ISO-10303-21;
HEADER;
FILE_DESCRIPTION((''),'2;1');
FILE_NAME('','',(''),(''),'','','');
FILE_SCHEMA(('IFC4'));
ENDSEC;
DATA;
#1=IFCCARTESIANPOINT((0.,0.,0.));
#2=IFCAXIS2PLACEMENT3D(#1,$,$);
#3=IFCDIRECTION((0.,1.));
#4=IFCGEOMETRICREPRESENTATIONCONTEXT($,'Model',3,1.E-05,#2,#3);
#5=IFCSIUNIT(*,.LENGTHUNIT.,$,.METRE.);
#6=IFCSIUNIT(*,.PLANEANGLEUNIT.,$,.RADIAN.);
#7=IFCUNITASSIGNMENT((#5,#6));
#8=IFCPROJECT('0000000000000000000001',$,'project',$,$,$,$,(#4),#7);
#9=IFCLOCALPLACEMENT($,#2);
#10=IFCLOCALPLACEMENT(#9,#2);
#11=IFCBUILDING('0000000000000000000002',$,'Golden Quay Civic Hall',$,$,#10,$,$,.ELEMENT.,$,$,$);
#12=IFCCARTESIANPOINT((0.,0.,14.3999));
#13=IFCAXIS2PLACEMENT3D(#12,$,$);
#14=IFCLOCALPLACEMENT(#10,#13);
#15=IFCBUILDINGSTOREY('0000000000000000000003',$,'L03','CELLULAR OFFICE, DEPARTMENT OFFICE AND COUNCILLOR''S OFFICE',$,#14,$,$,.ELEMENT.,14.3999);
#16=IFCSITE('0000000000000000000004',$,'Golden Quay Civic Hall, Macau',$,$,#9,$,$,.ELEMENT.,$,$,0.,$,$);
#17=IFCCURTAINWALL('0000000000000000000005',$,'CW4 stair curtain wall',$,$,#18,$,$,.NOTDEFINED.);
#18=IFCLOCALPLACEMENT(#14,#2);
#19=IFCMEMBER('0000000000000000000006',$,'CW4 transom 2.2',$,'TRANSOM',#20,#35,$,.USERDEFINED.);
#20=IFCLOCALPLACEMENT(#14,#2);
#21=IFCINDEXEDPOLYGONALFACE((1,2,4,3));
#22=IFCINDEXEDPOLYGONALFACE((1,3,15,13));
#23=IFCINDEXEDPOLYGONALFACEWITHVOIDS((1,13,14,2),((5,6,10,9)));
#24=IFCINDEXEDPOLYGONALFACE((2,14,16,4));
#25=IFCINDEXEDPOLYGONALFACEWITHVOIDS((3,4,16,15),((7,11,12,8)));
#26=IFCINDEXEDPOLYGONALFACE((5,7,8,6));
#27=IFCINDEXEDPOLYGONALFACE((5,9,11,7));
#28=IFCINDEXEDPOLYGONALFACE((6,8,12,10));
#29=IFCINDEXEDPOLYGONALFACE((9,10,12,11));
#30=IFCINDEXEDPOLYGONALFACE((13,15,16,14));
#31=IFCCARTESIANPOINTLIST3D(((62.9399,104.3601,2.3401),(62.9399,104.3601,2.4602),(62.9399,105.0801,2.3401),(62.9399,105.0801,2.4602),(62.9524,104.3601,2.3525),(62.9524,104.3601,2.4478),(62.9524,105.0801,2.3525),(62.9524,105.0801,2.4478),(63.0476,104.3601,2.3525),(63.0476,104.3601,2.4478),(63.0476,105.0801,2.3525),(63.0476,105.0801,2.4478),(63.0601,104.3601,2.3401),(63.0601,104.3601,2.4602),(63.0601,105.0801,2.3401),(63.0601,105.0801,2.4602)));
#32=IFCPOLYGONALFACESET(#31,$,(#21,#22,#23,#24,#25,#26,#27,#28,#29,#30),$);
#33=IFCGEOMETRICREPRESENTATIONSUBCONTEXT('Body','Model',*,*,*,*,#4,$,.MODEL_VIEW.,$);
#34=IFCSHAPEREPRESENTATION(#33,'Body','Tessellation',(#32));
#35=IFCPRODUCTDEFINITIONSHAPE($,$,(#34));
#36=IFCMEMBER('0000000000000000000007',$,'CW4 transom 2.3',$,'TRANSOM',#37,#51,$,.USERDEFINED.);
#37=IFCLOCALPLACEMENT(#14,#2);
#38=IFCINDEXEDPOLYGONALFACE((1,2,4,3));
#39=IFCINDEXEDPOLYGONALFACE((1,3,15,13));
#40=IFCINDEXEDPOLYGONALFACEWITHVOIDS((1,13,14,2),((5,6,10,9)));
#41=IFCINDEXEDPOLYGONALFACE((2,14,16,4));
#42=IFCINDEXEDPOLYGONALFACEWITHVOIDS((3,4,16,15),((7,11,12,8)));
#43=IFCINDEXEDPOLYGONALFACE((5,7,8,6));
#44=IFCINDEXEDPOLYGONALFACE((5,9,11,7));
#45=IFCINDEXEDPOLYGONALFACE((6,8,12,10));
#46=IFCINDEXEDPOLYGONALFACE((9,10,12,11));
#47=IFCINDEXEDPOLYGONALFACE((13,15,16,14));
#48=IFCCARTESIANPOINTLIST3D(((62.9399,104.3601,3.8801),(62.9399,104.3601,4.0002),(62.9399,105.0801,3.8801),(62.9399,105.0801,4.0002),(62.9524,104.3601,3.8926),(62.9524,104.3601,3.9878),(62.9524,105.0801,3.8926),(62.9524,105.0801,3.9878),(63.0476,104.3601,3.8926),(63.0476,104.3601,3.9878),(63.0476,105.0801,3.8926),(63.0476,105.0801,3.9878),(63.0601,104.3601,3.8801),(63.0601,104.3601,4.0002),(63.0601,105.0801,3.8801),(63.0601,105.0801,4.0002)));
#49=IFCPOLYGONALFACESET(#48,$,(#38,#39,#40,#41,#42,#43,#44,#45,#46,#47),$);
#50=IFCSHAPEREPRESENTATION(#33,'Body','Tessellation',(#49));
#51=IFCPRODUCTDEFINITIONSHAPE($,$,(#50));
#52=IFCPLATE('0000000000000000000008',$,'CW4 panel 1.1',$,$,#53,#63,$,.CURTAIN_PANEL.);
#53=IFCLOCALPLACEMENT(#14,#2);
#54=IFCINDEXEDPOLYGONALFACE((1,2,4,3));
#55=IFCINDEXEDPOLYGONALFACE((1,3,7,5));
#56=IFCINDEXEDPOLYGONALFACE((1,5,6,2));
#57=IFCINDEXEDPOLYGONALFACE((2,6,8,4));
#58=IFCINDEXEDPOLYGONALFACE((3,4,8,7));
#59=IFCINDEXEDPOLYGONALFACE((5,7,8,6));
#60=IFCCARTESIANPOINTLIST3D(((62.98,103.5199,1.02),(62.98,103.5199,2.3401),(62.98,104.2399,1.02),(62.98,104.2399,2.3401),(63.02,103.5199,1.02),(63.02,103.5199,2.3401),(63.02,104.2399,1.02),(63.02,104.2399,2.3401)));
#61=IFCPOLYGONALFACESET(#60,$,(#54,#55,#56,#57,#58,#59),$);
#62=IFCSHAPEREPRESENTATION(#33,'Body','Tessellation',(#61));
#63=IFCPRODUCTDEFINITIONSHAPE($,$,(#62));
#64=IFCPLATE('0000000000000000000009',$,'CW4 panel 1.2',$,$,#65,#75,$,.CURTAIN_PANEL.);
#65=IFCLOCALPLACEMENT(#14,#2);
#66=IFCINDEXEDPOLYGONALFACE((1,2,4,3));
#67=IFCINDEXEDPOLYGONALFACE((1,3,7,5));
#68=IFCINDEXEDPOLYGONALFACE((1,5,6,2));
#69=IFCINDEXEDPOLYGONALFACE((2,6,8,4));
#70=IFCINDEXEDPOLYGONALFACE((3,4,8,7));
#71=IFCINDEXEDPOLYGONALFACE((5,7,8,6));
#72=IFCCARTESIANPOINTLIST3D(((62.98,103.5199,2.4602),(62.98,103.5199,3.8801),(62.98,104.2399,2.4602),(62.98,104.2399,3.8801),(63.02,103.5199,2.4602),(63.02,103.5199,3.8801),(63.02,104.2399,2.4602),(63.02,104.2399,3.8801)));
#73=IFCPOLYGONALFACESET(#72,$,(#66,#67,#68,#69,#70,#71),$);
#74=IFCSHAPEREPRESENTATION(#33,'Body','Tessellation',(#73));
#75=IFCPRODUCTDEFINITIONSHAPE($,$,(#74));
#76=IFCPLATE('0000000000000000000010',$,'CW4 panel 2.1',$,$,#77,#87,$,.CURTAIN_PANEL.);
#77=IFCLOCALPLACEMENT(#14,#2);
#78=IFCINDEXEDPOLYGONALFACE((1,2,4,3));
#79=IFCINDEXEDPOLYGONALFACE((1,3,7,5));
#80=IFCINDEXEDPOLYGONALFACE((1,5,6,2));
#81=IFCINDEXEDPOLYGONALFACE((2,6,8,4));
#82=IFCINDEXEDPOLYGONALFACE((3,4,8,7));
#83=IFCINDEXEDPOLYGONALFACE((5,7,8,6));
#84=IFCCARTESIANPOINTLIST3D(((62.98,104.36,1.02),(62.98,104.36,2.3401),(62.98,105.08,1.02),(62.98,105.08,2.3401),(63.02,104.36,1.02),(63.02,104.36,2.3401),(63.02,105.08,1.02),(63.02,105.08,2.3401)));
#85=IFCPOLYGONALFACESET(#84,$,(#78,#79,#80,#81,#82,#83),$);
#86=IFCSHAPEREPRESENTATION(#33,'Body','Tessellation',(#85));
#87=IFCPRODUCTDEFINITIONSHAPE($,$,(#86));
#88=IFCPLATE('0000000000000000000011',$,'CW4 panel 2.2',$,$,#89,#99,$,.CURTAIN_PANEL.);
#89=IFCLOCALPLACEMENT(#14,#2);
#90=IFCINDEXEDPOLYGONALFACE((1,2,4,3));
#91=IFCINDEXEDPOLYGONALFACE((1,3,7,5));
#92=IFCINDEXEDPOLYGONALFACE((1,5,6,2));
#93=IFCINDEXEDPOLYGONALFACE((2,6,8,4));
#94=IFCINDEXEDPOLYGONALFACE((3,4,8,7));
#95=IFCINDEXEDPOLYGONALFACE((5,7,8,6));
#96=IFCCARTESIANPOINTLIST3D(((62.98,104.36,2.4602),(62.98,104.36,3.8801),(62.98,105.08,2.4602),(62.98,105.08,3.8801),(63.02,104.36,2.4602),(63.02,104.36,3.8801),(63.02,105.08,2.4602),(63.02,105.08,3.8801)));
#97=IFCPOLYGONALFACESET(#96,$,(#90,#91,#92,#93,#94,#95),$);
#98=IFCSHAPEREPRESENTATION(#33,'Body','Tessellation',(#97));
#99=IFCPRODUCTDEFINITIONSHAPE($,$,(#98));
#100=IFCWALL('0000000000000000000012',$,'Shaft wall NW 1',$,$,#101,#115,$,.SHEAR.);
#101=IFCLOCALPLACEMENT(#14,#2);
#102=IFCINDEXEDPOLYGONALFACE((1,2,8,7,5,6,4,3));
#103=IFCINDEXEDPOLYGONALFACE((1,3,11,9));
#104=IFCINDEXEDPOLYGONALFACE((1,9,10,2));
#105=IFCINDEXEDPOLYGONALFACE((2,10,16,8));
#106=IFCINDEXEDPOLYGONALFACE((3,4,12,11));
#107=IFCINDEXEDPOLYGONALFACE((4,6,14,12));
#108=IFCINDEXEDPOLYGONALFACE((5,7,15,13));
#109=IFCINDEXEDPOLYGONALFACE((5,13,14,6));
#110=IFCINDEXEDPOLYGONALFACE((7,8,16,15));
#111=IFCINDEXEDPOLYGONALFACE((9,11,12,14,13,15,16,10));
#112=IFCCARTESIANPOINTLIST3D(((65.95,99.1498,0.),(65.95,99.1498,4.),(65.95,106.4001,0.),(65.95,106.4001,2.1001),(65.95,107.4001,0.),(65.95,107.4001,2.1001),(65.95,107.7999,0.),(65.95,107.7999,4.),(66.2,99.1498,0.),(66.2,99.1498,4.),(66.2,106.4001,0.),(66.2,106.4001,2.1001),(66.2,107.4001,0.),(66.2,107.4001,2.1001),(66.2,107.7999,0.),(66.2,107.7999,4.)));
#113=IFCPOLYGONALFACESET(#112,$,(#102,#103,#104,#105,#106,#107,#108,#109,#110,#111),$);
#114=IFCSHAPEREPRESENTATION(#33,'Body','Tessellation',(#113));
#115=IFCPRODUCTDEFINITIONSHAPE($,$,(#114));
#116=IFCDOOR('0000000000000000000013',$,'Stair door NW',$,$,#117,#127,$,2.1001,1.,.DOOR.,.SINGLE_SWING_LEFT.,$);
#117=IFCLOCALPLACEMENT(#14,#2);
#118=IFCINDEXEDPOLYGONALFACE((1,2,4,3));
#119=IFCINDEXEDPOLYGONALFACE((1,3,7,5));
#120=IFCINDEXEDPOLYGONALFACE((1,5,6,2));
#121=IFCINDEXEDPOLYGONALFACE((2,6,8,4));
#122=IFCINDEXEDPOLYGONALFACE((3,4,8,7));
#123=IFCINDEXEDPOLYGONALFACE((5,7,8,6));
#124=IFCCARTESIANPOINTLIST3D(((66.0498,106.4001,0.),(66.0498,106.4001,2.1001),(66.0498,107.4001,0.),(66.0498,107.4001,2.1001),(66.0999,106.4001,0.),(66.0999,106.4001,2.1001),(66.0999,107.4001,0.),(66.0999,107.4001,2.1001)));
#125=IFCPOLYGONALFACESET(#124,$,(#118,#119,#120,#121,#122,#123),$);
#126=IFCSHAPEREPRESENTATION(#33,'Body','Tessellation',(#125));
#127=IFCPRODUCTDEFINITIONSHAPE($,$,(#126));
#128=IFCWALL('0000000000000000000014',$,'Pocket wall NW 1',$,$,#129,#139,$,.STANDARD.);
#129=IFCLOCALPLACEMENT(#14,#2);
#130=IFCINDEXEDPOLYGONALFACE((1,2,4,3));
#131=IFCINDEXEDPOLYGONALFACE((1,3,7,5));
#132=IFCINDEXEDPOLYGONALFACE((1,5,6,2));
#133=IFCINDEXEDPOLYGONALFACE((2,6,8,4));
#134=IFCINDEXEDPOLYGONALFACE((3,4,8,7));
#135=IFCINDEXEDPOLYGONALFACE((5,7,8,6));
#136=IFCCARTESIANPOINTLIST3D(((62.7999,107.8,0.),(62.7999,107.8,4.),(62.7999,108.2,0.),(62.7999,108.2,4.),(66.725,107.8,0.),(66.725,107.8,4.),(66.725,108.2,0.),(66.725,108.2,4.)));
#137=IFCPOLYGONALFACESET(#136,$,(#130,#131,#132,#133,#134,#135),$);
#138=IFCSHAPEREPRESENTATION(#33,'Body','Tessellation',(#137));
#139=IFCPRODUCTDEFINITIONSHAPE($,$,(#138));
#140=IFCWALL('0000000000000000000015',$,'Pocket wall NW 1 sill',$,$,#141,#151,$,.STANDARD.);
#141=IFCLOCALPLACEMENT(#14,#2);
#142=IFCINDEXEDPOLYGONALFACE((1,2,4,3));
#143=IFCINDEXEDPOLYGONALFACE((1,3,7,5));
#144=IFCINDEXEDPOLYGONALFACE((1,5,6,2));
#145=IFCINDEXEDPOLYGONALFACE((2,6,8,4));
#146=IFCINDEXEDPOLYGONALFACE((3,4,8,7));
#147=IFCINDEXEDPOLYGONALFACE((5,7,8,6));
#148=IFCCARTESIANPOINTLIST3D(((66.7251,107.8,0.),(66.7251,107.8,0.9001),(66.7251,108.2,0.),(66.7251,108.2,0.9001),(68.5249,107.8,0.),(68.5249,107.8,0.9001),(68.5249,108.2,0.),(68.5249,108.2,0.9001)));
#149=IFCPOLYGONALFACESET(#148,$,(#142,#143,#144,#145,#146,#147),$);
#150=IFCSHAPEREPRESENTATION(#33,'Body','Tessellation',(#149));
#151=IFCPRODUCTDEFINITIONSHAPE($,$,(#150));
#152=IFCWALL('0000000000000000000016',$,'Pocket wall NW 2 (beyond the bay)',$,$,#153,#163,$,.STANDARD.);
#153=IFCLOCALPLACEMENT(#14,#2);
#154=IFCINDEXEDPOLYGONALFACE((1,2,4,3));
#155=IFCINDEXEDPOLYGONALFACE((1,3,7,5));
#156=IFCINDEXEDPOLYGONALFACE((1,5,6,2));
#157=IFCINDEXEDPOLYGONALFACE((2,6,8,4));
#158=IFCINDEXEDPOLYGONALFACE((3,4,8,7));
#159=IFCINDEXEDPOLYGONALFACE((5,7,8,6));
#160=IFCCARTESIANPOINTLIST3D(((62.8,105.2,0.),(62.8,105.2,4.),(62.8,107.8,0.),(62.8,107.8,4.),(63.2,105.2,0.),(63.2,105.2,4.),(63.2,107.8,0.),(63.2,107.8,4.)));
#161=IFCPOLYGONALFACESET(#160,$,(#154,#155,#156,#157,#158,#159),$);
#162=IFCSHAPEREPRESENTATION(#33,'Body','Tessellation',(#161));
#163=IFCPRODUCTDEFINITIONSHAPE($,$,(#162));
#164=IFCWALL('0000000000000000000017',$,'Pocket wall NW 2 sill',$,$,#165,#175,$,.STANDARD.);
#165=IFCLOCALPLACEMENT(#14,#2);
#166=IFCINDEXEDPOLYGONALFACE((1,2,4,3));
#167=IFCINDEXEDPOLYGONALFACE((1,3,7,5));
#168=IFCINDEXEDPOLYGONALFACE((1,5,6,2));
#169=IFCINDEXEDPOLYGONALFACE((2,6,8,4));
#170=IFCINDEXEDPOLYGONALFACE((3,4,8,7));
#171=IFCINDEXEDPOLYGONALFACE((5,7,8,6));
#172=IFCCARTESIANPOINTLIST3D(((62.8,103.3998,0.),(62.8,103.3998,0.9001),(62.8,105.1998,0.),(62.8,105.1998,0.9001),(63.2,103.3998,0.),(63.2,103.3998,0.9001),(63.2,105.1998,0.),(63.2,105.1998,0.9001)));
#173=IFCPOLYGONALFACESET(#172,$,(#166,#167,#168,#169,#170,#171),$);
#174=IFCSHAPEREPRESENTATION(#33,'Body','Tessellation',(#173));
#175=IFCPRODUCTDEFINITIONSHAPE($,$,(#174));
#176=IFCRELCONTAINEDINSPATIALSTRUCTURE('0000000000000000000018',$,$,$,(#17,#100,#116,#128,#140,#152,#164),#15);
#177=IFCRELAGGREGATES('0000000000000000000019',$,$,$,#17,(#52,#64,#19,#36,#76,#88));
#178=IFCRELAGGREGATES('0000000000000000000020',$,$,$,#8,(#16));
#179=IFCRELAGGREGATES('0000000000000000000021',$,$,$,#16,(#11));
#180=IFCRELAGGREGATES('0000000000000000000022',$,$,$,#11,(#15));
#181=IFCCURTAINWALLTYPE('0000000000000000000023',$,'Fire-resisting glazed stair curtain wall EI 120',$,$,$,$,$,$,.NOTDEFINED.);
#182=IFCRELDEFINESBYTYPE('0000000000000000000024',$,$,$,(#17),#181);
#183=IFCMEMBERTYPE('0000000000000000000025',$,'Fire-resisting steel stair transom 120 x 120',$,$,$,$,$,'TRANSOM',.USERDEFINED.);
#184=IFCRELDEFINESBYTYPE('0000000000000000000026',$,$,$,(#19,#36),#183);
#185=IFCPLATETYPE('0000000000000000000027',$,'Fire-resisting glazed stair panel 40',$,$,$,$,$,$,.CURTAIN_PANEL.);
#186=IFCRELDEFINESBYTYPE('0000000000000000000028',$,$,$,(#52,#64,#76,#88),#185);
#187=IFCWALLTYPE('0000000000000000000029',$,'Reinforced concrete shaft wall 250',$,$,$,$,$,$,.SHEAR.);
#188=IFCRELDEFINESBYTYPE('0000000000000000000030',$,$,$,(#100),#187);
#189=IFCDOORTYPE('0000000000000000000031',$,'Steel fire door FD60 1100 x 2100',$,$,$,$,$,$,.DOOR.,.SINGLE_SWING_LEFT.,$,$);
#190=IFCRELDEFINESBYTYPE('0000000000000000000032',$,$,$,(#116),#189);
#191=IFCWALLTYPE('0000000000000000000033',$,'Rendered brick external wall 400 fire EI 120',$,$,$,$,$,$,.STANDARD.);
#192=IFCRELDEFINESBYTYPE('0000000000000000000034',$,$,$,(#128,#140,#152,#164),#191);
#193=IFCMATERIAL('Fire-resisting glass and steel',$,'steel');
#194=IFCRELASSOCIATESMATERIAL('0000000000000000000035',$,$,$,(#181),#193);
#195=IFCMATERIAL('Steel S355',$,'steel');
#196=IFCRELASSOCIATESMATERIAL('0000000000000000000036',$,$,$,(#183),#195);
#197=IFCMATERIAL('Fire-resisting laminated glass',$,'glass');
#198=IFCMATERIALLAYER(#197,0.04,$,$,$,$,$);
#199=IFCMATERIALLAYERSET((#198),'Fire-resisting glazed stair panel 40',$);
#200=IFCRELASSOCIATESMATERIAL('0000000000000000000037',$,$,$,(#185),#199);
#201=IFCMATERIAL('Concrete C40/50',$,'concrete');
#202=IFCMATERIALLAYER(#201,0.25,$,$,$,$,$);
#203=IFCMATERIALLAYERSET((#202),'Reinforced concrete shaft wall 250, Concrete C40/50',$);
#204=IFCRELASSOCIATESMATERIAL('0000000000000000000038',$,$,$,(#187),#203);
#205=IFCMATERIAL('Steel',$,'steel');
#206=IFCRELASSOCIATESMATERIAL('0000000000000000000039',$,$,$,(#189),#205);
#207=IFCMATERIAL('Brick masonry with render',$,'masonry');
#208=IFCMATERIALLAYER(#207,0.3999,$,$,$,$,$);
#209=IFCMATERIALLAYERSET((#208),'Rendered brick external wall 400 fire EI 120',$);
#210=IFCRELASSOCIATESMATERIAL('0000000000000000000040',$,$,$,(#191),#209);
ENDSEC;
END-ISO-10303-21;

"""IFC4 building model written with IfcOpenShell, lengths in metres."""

from ifc_helpers import new_model, si_unit, direction, frame, frame_2d, origin, origin_2d, place, context, subcontext, project, spatial, rectangle, hollow_rectangle, extrude, material, layer, layer_set, material_profile, profile_set, type_object, element, fill, aggregate, save


model = new_model("IFC4")

# Units and contexts
model_context = context("Model", 3, precision=1e-05, world=origin(), true_north=direction((0.0, 1.0)))
body_context = subcontext(model_context, "Body", "Model", "MODEL_VIEW")
ifc_project = project(units=[si_unit("LENGTHUNIT", "METRE"), si_unit("PLANEANGLEUNIT", "RADIAN")], contexts=[model_context])

# Site, building, storey
site_placement = place(None, origin())
site = spatial("IfcSite", under=ifc_project, at=site_placement, Name="Golden Quay Civic Hall, Macau", CompositionType="ELEMENT", RefElevation=0.0)
building_placement = place(site_placement, origin())
building = spatial("IfcBuilding", under=site, at=building_placement, Name="Golden Quay Civic Hall", CompositionType="ELEMENT")
storey_placement = place(building_placement, frame((0.0, 0.0, 14.3999)))
storey = spatial("IfcBuildingStorey", under=building, at=storey_placement, Name="L03", Description="CELLULAR OFFICE, DEPARTMENT OFFICE AND COUNCILLOR'S OFFICE", CompositionType="ELEMENT", Elevation=14.3999)

# Shared definitions
ifc_material_1 = material(Name="Fire-resisting glass and steel", Category="steel")
curtain_wall_type = type_object("IfcCurtainWallType", Name="Fire-resisting glazed stair curtain wall EI 120", PredefinedType="NOTDEFINED", material=ifc_material_1)

# Curtain wall
curtain_wall_1_placement = place(storey_placement, origin())
curtain_wall_1 = element("IfcCurtainWall", 1, at=curtain_wall_1_placement, inside=storey, type_object=curtain_wall_type, Name="CW4 stair curtain wall", PredefinedType="NOTDEFINED")

# Members
ifc_material_2 = material(Name="Steel S355", Category="steel")
ifc_material_profile_1 = material_profile(ifc_material_2, hollow_rectangle(XDim=0.1201, YDim=0.1201, WallThickness=0.0125, at=origin_2d()), Name="SHS 120x120x12.5")
ifc_profile_set_1 = profile_set([ifc_material_profile_1], Name="Steel S355")
member_type_1 = type_object("IfcMemberType", Name="Fire-resisting steel stair transom 120 x 120", ElementType="TRANSOM", PredefinedType="USERDEFINED", material=ifc_profile_set_1)
member_1_placement = place(storey_placement, frame((63.0, 104.3601, 2.4001), z_axis=(0.0, 1.0, 0.0), x_axis=(-1.0, 0.0, 0.0)))
member_1 = element("IfcMember", 2, at=member_1_placement, type_object=member_type_1, Name="CW4 transom 2.2", ObjectType="TRANSOM", PredefinedType="USERDEFINED", context=body_context, shape_type="SweptSolid", body=[
    extrude(hollow_rectangle(XDim=0.1201, YDim=0.1201, WallThickness=0.0125, at=origin_2d()), origin(), (0.0, 0.0, 1.0), 0.72),
])
member_2_placement = place(storey_placement, frame((63.0, 104.3601, 3.9402), z_axis=(0.0, 1.0, 0.0), x_axis=(-1.0, 0.0, 0.0)))
member_2 = element("IfcMember", 3, at=member_2_placement, type_object=member_type_1, Name="CW4 transom 2.3", ObjectType="TRANSOM", PredefinedType="USERDEFINED", context=body_context, shape_type="SweptSolid", body=[
    extrude(hollow_rectangle(XDim=0.1201, YDim=0.1201, WallThickness=0.0125, at=origin_2d()), origin(), (0.0, 0.0, 1.0), 0.72),
])

# Plates
ifc_material_3 = material(Name="Fire-resisting laminated glass", Category="glass")
ifc_layer_1 = layer(ifc_material_3, 0.04)
ifc_layer_set_1 = layer_set([ifc_layer_1], Name="Fire-resisting glazed stair panel 40")
plate_type = type_object("IfcPlateType", Name="Fire-resisting glazed stair panel 40", PredefinedType="CURTAIN_PANEL", material=ifc_layer_set_1)
plate_1_placement = place(storey_placement, frame((63.0, 103.8799, 1.02), z_axis=(0.0, 0.0, 1.0), x_axis=(0.0, 1.0, 0.0)))
plate_1 = element("IfcPlate", 4, at=plate_1_placement, type_object=plate_type, Name="CW4 panel 1.1", PredefinedType="CURTAIN_PANEL", context=body_context, shape_type="SweptSolid", body=[
    extrude(rectangle(XDim=0.72, YDim=0.04, at=origin_2d()), origin(), (0.0, 0.0, 1.0), 1.3201),
])
plate_2_placement = place(storey_placement, frame((63.0, 103.8799, 2.4602), z_axis=(0.0, 0.0, 1.0), x_axis=(0.0, 1.0, 0.0)))
plate_2 = element("IfcPlate", 5, at=plate_2_placement, type_object=plate_type, Name="CW4 panel 1.2", PredefinedType="CURTAIN_PANEL", context=body_context, shape_type="SweptSolid", body=[
    extrude(rectangle(XDim=0.72, YDim=0.04, at=origin_2d()), origin(), (0.0, 0.0, 1.0), 1.4199),
])
plate_3_placement = place(storey_placement, frame((63.0, 104.72, 1.02), z_axis=(0.0, 0.0, 1.0), x_axis=(0.0, 1.0, 0.0)))
plate_3 = element("IfcPlate", 6, at=plate_3_placement, type_object=plate_type, Name="CW4 panel 2.1", PredefinedType="CURTAIN_PANEL", context=body_context, shape_type="SweptSolid", body=[
    extrude(rectangle(XDim=0.72, YDim=0.04, at=origin_2d()), origin(), (0.0, 0.0, 1.0), 1.3201),
])
plate_4_placement = place(storey_placement, frame((63.0, 104.72, 2.4602), z_axis=(0.0, 0.0, 1.0), x_axis=(0.0, 1.0, 0.0)))
plate_4 = element("IfcPlate", 7, at=plate_4_placement, type_object=plate_type, Name="CW4 panel 2.2", PredefinedType="CURTAIN_PANEL", context=body_context, shape_type="SweptSolid", body=[
    extrude(rectangle(XDim=0.72, YDim=0.04, at=origin_2d()), origin(), (0.0, 0.0, 1.0), 1.4199),
])
aggregate(curtain_wall_1, [plate_1, plate_2, member_1, member_2, plate_3, plate_4])

# Wall, opening, door
ifc_material_4 = material(Name="Concrete C40/50", Category="concrete")
ifc_layer_2 = layer(ifc_material_4, 0.25)
ifc_layer_set_2 = layer_set([ifc_layer_2], Name="Reinforced concrete shaft wall 250, Concrete C40/50")
wall_type_1 = type_object("IfcWallType", Name="Reinforced concrete shaft wall 250", PredefinedType="SHEAR", material=ifc_layer_set_2)
wall_1_placement = place(storey_placement, frame((66.075, 107.8, 0.0), z_axis=(0.0, 0.0, 1.0), x_axis=(0.0, -1.0, 0.0)))
wall_1 = element("IfcWall", 8, at=wall_1_placement, inside=storey, type_object=wall_type_1, Name="Shaft wall NW 1", PredefinedType="SHEAR", context=body_context, shape_type="SweptSolid", body=[
    extrude(rectangle(XDim=8.6501, YDim=0.25, at=frame_2d((4.3252, 0.0))), origin(), (0.0, 0.0, 1.0), 4.0),
])
opening_placement = place(wall_1_placement, frame((0.3999, 0.0, 0.0)))
opening = element("IfcOpeningElement", 9, at=opening_placement, cuts=wall_1, PredefinedType="OPENING", context=body_context, shape_type="SweptSolid", body=[
    extrude(rectangle(XDim=1.0, YDim=2.1001, at=frame_2d((0.5, 1.05))), frame((0.0, 0.135, 0.0), z_axis=(0.0, -1.0, 0.0), x_axis=(1.0, 0.0, 0.0)), (0.0, 0.0, 1.0), 0.27),
])
ifc_material_5 = material(Name="Steel", Category="steel")
door_type = type_object("IfcDoorType", Name="Steel fire door FD60 1100 x 2100", OperationType="SINGLE_SWING_LEFT", PredefinedType="DOOR", material=ifc_material_5)
door_placement = place(opening_placement, origin())
door = element("IfcDoor", 10, at=door_placement, inside=storey, type_object=door_type, Name="Stair door NW", OperationType="SINGLE_SWING_LEFT", OverallHeight=2.1001, OverallWidth=1.0, PredefinedType="DOOR", context=body_context, shape_type="SweptSolid", body=[
    extrude(rectangle(XDim=1.0, YDim=2.1001, at=frame_2d((0.5, 1.05))), frame((0.0, 0.0249, 0.0), z_axis=(0.0, -1.0, 0.0), x_axis=(1.0, 0.0, 0.0)), (0.0, 0.0, 1.0), 0.05),
])
fill(opening, door)

# Walls
ifc_material_6 = material(Name="Brick masonry with render", Category="masonry")
ifc_layer_3 = layer(ifc_material_6, 0.3999)
ifc_layer_set_3 = layer_set([ifc_layer_3], Name="Rendered brick external wall 400 fire EI 120")
wall_type_2 = type_object("IfcWallType", Name="Rendered brick external wall 400 fire EI 120", PredefinedType="STANDARD", material=ifc_layer_set_3)
wall_2_placement = place(storey_placement, frame((62.8, 108.0, 0.0), z_axis=(0.0, 0.0, 1.0), x_axis=(1.0, 0.0, 0.0)))
element("IfcWall", 11, at=wall_2_placement, inside=storey, type_object=wall_type_2, Name="Pocket wall NW 1", PredefinedType="STANDARD", context=body_context, shape_type="SweptSolid", body=[
    extrude(rectangle(XDim=3.925, YDim=0.3999, at=frame_2d((1.9624, 0.0))), origin(), (0.0, 0.0, 1.0), 4.0),
])
wall_3_placement = place(storey_placement, frame((66.7251, 108.0, 0.0), z_axis=(0.0, 0.0, 1.0), x_axis=(1.0, 0.0, 0.0)))
element("IfcWall", 12, at=wall_3_placement, inside=storey, type_object=wall_type_2, Name="Pocket wall NW 1 sill", PredefinedType="STANDARD", context=body_context, shape_type="SweptSolid", body=[
    extrude(rectangle(XDim=1.7998, YDim=0.3999, at=frame_2d((0.8999, 0.0))), origin(), (0.0, 0.0, 1.0), 0.9001),
])
wall_4_placement = place(storey_placement, frame((63.0, 105.2, 0.0), z_axis=(0.0, 0.0, 1.0), x_axis=(0.0, 1.0, 0.0)))
element("IfcWall", 13, at=wall_4_placement, inside=storey, type_object=wall_type_2, Name="Pocket wall NW 2 (beyond the bay)", PredefinedType="STANDARD", context=body_context, shape_type="SweptSolid", body=[
    extrude(rectangle(XDim=2.6001, YDim=0.3999, at=frame_2d((1.3, 0.0))), origin(), (0.0, 0.0, 1.0), 4.0),
])
wall_5_placement = place(storey_placement, frame((63.0, 103.3999, 0.0), z_axis=(0.0, 0.0, 1.0), x_axis=(0.0, 1.0, 0.0)))
element("IfcWall", 14, at=wall_5_placement, inside=storey, type_object=wall_type_2, Name="Pocket wall NW 2 sill", PredefinedType="STANDARD", context=body_context, shape_type="SweptSolid", body=[
    extrude(rectangle(XDim=1.8, YDim=0.3999, at=frame_2d((0.8999, 0.0))), origin(), (0.0, 0.0, 1.0), 0.9001),
])

save(model, "model.ifc")
